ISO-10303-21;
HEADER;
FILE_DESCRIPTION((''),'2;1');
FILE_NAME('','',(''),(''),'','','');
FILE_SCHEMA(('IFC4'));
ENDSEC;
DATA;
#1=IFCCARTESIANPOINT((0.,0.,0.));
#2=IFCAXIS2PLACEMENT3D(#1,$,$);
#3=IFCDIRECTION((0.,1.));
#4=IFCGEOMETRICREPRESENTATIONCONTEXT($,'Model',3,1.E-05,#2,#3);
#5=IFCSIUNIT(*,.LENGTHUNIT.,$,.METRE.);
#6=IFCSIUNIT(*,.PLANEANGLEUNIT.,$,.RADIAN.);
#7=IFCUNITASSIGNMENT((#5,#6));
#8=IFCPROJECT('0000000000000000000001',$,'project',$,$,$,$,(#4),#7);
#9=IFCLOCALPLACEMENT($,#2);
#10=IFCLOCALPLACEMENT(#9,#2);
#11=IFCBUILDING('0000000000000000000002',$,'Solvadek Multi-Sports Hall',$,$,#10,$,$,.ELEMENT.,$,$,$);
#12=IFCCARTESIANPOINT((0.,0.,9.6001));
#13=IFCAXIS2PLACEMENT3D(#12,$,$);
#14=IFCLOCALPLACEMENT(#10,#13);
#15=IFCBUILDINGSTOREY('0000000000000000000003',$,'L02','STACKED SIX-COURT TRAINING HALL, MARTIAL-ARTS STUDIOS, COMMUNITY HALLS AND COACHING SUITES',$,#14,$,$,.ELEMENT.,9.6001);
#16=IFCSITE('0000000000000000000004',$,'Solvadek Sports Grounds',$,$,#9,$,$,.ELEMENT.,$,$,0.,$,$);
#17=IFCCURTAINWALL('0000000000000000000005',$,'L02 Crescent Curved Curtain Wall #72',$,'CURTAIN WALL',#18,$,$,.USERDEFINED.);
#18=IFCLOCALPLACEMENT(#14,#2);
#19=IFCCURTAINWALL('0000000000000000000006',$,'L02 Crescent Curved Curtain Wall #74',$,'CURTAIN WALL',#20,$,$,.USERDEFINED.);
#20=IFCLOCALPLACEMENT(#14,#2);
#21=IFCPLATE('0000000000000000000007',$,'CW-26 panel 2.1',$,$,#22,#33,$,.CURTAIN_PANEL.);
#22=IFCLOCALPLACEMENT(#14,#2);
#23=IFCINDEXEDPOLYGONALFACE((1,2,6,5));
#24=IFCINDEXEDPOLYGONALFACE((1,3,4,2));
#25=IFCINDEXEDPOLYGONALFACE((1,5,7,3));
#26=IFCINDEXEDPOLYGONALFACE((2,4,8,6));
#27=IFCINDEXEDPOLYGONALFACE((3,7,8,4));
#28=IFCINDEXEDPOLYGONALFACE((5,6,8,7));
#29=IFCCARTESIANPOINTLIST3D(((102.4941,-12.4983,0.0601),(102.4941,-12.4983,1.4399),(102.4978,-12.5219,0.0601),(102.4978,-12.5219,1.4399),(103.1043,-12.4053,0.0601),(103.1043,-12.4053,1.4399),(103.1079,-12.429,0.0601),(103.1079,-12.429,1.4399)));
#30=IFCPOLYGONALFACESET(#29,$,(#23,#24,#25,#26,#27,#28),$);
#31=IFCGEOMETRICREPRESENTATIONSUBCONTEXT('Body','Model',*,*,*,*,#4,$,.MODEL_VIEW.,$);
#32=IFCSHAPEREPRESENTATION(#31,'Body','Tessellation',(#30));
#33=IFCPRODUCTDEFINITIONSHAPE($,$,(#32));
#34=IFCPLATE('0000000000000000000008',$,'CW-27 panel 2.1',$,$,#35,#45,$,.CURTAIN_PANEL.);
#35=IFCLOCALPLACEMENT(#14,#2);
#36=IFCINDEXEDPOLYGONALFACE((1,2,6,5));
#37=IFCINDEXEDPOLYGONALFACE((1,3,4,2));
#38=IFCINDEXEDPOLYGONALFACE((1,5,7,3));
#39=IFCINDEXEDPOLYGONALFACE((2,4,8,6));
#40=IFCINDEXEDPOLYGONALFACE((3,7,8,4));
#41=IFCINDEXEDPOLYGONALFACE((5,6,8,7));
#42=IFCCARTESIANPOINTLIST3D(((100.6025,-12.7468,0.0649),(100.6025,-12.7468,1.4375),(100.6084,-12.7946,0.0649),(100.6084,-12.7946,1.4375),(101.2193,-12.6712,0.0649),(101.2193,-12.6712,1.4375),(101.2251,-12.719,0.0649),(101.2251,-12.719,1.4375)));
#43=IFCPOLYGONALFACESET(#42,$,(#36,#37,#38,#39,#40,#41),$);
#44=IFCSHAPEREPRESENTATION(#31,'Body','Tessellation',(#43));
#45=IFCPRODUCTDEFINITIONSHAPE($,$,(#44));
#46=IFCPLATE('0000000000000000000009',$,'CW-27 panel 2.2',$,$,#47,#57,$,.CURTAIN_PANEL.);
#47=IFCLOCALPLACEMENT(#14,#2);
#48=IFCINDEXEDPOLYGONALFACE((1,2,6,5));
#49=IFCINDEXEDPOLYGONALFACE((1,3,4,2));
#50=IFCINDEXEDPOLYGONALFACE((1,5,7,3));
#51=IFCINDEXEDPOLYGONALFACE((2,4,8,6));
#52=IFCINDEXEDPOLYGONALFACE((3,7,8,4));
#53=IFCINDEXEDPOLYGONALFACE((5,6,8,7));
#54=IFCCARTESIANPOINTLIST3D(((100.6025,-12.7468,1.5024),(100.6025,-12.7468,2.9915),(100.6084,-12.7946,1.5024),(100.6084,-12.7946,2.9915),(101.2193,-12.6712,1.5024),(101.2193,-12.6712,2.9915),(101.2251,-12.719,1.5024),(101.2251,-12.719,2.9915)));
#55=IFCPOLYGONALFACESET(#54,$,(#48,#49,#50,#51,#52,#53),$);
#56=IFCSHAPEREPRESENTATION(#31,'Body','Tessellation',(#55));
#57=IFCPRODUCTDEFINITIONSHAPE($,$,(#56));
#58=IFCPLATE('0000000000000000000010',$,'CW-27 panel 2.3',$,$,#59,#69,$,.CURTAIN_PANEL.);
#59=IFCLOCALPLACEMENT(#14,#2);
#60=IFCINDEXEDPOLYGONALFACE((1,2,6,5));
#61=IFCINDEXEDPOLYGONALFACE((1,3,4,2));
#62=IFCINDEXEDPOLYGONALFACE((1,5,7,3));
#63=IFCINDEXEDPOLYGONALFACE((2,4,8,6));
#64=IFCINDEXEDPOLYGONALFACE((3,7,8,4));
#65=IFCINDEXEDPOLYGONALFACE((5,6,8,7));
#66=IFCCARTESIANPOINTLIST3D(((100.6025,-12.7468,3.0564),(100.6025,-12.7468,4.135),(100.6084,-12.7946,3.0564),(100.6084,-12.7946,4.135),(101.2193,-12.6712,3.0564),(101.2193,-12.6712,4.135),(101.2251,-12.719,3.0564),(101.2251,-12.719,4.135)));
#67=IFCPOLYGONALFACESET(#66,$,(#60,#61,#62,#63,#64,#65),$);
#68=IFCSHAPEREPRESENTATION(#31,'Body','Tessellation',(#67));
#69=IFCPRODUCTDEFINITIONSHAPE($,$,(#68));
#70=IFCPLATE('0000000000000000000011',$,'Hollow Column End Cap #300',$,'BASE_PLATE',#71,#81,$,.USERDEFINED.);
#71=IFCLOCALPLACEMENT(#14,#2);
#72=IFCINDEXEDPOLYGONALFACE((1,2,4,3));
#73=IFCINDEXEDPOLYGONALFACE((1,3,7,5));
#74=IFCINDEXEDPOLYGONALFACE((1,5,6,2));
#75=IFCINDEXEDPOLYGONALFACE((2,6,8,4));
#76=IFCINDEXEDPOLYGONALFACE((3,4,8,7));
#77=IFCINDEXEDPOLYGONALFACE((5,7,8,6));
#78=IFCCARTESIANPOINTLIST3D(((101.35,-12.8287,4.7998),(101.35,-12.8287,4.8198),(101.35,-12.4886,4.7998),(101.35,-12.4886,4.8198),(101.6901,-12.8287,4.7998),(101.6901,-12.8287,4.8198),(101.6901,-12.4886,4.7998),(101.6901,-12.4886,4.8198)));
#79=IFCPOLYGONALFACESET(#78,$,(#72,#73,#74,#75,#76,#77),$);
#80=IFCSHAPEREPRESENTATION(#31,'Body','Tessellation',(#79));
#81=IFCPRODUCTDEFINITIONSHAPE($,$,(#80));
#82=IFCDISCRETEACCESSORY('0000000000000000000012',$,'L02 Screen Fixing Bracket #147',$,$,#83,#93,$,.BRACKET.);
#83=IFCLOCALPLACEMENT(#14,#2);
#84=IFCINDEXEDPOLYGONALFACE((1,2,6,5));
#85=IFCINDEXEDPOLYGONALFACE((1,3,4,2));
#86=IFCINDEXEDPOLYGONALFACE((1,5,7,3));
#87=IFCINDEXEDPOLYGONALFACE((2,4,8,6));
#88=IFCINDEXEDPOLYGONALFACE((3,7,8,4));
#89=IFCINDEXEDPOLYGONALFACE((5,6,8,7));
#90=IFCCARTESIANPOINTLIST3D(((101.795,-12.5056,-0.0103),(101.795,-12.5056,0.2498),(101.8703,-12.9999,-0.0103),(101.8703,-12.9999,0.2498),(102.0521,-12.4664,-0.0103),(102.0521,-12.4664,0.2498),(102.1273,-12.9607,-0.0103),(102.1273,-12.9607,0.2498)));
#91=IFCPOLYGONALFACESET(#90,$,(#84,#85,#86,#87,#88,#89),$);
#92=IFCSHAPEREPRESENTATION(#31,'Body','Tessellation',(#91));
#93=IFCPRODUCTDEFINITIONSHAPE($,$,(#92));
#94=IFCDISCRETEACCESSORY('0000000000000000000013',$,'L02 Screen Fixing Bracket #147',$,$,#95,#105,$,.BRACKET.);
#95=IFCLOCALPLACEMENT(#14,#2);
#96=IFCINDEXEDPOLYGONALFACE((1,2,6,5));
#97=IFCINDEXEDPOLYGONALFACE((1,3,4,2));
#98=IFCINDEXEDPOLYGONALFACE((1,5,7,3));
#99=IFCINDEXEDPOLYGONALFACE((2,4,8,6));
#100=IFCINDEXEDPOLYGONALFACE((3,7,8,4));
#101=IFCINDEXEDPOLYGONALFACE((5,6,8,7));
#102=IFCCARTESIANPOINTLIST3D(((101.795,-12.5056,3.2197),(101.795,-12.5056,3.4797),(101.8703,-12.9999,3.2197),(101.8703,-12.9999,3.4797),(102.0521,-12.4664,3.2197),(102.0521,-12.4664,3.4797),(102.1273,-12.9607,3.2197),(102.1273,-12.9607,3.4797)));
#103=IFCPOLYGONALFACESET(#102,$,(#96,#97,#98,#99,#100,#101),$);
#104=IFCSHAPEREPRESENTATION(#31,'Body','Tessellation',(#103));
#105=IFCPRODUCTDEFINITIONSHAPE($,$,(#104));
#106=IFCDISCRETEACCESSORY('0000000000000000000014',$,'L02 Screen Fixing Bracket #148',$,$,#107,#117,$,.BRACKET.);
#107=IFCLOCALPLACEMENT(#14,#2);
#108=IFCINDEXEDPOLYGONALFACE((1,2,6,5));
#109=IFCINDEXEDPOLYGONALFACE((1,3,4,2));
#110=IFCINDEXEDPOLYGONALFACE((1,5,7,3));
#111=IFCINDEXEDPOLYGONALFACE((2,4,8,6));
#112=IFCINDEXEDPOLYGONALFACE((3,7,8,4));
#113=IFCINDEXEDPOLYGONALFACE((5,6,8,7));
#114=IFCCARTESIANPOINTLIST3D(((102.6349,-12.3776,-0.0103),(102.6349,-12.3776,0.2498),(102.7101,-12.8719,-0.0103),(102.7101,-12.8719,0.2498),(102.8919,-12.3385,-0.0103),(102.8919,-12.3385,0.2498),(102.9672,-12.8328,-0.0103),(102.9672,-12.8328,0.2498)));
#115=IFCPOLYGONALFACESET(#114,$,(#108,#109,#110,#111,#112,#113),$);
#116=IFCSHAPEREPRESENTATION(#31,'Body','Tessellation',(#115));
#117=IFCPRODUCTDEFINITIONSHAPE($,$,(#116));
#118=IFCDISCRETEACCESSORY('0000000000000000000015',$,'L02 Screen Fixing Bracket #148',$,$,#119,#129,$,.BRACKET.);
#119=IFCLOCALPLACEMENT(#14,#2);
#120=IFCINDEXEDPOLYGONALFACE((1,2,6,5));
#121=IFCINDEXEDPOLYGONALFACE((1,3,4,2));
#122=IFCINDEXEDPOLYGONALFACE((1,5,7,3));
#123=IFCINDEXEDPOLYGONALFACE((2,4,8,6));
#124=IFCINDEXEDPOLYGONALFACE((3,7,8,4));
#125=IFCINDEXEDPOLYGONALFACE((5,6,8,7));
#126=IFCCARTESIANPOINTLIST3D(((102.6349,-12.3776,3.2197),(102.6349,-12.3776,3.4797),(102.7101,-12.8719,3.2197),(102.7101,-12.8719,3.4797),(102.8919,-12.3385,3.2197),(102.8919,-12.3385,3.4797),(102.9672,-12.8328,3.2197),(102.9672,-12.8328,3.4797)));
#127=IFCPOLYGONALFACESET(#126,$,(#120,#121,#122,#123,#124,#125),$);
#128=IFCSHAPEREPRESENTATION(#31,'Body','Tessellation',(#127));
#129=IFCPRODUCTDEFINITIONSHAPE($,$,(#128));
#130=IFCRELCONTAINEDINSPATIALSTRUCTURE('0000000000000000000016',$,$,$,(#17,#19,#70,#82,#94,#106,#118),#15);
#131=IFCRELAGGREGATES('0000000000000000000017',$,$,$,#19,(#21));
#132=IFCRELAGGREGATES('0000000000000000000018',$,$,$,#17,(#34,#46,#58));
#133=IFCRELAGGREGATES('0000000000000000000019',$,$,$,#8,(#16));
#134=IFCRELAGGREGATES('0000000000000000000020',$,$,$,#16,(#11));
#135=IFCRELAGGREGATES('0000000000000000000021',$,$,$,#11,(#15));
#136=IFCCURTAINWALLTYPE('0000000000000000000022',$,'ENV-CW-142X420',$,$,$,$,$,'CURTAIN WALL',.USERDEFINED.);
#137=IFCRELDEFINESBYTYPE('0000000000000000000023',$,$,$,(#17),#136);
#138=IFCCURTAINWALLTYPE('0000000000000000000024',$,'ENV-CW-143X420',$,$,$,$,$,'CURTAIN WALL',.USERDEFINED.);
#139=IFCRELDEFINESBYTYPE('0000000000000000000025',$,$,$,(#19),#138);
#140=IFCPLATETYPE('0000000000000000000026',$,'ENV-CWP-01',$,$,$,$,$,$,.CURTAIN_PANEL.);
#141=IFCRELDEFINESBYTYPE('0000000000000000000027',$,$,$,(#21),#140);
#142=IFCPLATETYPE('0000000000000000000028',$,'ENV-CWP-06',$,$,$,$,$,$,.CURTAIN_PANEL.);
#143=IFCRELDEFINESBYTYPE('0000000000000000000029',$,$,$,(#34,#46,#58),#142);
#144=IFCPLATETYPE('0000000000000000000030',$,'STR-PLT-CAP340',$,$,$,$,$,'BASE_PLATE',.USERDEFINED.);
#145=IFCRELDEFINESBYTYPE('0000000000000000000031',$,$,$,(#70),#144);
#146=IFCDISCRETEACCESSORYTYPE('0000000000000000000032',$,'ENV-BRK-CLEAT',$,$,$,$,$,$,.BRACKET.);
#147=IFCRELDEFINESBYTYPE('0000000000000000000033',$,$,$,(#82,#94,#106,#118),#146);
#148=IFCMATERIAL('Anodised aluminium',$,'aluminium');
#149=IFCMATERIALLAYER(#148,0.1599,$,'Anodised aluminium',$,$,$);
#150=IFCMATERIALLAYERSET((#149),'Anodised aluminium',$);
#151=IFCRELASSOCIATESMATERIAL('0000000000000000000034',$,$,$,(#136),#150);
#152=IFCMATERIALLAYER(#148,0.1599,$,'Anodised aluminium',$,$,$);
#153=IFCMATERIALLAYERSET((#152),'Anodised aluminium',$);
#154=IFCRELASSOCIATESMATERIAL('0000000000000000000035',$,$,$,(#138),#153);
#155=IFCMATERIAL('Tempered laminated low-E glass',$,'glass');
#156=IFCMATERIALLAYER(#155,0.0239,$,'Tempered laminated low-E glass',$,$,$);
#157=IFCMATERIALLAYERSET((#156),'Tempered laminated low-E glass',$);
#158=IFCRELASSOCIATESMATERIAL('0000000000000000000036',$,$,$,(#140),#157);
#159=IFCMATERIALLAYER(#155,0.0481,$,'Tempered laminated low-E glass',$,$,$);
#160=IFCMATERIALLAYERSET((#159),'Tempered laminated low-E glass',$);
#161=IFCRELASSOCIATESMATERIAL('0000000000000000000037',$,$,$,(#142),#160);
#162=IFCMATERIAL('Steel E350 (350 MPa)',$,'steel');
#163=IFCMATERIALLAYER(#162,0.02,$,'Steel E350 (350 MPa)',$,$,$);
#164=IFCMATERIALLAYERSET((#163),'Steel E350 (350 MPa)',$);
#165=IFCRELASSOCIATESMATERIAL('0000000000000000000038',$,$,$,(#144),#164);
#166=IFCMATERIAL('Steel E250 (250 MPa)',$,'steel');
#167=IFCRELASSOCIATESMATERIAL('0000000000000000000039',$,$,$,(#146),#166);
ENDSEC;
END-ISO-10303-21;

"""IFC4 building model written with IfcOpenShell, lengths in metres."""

from ifc_helpers import new_model, si_unit, direction, frame, origin, origin_2d, place, context, subcontext, project, spatial, rectangle, extrude, material, layer, layer_set, type_object, element, aggregate, save


model = new_model("IFC4")

# Units and contexts
model_context = context("Model", 3, precision=1e-05, world=origin(), true_north=direction((0.0, 1.0)))
body_context = subcontext(model_context, "Body", "Model", "MODEL_VIEW")
ifc_project = project(units=[si_unit("LENGTHUNIT", "METRE"), si_unit("PLANEANGLEUNIT", "RADIAN")], contexts=[model_context])

# Site, building, storey
site_placement = place(None, origin())
site = spatial("IfcSite", under=ifc_project, at=site_placement, Name="Solvadek Sports Grounds", CompositionType="ELEMENT", RefElevation=0.0)
building_placement = place(site_placement, origin())
building = spatial("IfcBuilding", under=site, at=building_placement, Name="Solvadek Multi-Sports Hall", CompositionType="ELEMENT")
storey_placement = place(building_placement, frame((0.0, 0.0, 9.6001)))
storey = spatial("IfcBuildingStorey", under=building, at=storey_placement, Name="L02", Description="STACKED SIX-COURT TRAINING HALL, MARTIAL-ARTS STUDIOS, COMMUNITY HALLS AND COACHING SUITES", CompositionType="ELEMENT", Elevation=9.6001)

# Shared definitions
ifc_material_1 = material(Name="Steel E350 (350 MPa)", Category="steel")

# Curtain wall
ifc_material_2 = material(Name="Anodised aluminium", Category="aluminium")
ifc_layer_1 = layer(ifc_material_2, 0.1599, Name="Anodised aluminium")
ifc_layer_set_1 = layer_set([ifc_layer_1], Name="Anodised aluminium")
curtain_wall_type_1 = type_object("IfcCurtainWallType", Name="ENV-CW-142X420", ElementType="CURTAIN WALL", PredefinedType="USERDEFINED", material=ifc_layer_set_1)
curtain_wall_1_placement = place(storey_placement, origin())
curtain_wall_1 = element("IfcCurtainWall", 1, at=curtain_wall_1_placement, inside=storey, type_object=curtain_wall_type_1, Name="L02 Crescent Curved Curtain Wall #72", ObjectType="CURTAIN WALL", PredefinedType="USERDEFINED")

# Curtain wall
ifc_layer_2 = layer(ifc_material_2, 0.1599, Name="Anodised aluminium")
ifc_layer_set_2 = layer_set([ifc_layer_2], Name="Anodised aluminium")
curtain_wall_type_2 = type_object("IfcCurtainWallType", Name="ENV-CW-143X420", ElementType="CURTAIN WALL", PredefinedType="USERDEFINED", material=ifc_layer_set_2)
curtain_wall_2_placement = place(storey_placement, origin())
curtain_wall_2 = element("IfcCurtainWall", 2, at=curtain_wall_2_placement, inside=storey, type_object=curtain_wall_type_2, Name="L02 Crescent Curved Curtain Wall #74", ObjectType="CURTAIN WALL", PredefinedType="USERDEFINED")

# Shared definitions
ifc_material_3 = material(Name="Steel E250 (250 MPa)", Category="steel")

# Plates
ifc_material_4 = material(Name="Tempered laminated low-E glass", Category="glass")
ifc_layer_3 = layer(ifc_material_4, 0.0239, Name="Tempered laminated low-E glass")
ifc_layer_set_3 = layer_set([ifc_layer_3], Name="Tempered laminated low-E glass")
plate_type_1 = type_object("IfcPlateType", Name="ENV-CWP-01", PredefinedType="CURTAIN_PANEL", material=ifc_layer_set_3)
plate_1_placement = place(storey_placement, frame((102.801, -12.4636, 0.0601), z_axis=(0.0, 0.0, 1.0), x_axis=(0.9886, 0.150564, 0.0)))
plate_1 = element("IfcPlate", 3, at=plate_1_placement, type_object=plate_type_1, Name="CW-26 panel 2.1", PredefinedType="CURTAIN_PANEL", context=body_context, shape_type="SweptSolid", body=[
    extrude(rectangle(XDim=0.6172, YDim=0.0239, at=origin_2d()), origin(), (0.0, 0.0, 1.0), 1.3799),
])
aggregate(curtain_wall_2, [plate_1])
ifc_layer_4 = layer(ifc_material_4, 0.0481, Name="Tempered laminated low-E glass")
ifc_layer_set_4 = layer_set([ifc_layer_4], Name="Tempered laminated low-E glass")
plate_type_2 = type_object("IfcPlateType", Name="ENV-CWP-06", PredefinedType="CURTAIN_PANEL", material=ifc_layer_set_4)
plate_2_placement = place(storey_placement, frame((100.9138, -12.7329, 0.0649), z_axis=(0.0, 0.0, 1.0), x_axis=(0.992569, 0.121681, 0.0)))
plate_2 = element("IfcPlate", 4, at=plate_2_placement, type_object=plate_type_2, Name="CW-27 panel 2.1", PredefinedType="CURTAIN_PANEL", context=body_context, shape_type="SweptSolid", body=[
    extrude(rectangle(XDim=0.6213, YDim=0.0481, at=origin_2d()), origin(), (0.0, 0.0, 1.0), 1.3726),
])
plate_3_placement = place(storey_placement, frame((100.9138, -12.7329, 1.5024), z_axis=(0.0, 0.0, 1.0), x_axis=(0.992569, 0.121681, 0.0)))
plate_3 = element("IfcPlate", 5, at=plate_3_placement, type_object=plate_type_2, Name="CW-27 panel 2.2", PredefinedType="CURTAIN_PANEL", context=body_context, shape_type="SweptSolid", body=[
    extrude(rectangle(XDim=0.6213, YDim=0.0481, at=origin_2d()), origin(), (0.0, 0.0, 1.0), 1.489),
])
plate_4_placement = place(storey_placement, frame((100.9138, -12.7329, 3.0564), z_axis=(0.0, 0.0, 1.0), x_axis=(0.992569, 0.121681, 0.0)))
plate_4 = element("IfcPlate", 6, at=plate_4_placement, type_object=plate_type_2, Name="CW-27 panel 2.3", PredefinedType="CURTAIN_PANEL", context=body_context, shape_type="SweptSolid", body=[
    extrude(rectangle(XDim=0.6213, YDim=0.0481, at=origin_2d()), origin(), (0.0, 0.0, 1.0), 1.0786),
])
aggregate(curtain_wall_1, [plate_2, plate_3, plate_4])
ifc_layer_5 = layer(ifc_material_1, 0.02, Name="Steel E350 (350 MPa)")
ifc_layer_set_5 = layer_set([ifc_layer_5], Name="Steel E350 (350 MPa)")
plate_type_3 = type_object("IfcPlateType", Name="STR-PLT-CAP340", ElementType="BASE_PLATE", PredefinedType="USERDEFINED", material=ifc_layer_set_5)
plate_5_placement = place(storey_placement, frame((101.52, -12.6587, 4.7998), z_axis=(0.0, 0.0, 1.0), x_axis=(1.0, 0.0, 0.0)))
element("IfcPlate", 7, at=plate_5_placement, inside=storey, type_object=plate_type_3, Name="Hollow Column End Cap #300", ObjectType="BASE_PLATE", PredefinedType="USERDEFINED", context=body_context, shape_type="SweptSolid", body=[
    extrude(rectangle(XDim=0.3401, YDim=0.3401, at=origin_2d()), origin(), (0.0, 0.0, 1.0), 0.02),
])

# Discrete accessories
discrete_accessory_type = type_object("IfcDiscreteAccessoryType", Name="ENV-BRK-CLEAT", PredefinedType="BRACKET", material=ifc_material_3)
for number, where, z_axis, x_axis, name in (
    (8, (101.9612, -12.7332, -0.0103), (0.0, 0.0, 1.0), (0.988606, 0.150527, 0.0), "L02 Screen Fixing Bracket #147"),
    (9, (101.9612, -12.7332, 3.2197), (0.0, 0.0, 1.0), (0.988606, 0.150527, 0.0), "L02 Screen Fixing Bracket #147"),
    (10, (102.801, -12.6052, -0.0103), (0.0, 0.0, 1.0), (0.988606, 0.150527, 0.0), "L02 Screen Fixing Bracket #148"),
    (11, (102.801, -12.6052, 3.2197), (0.0, 0.0, 1.0), (0.988606, 0.150527, 0.0), "L02 Screen Fixing Bracket #148"),
):
    element("IfcDiscreteAccessory", number, at=place(storey_placement, frame(where, z_axis=z_axis, x_axis=x_axis)), inside=storey, type_object=discrete_accessory_type, Name=name, PredefinedType="BRACKET", context=body_context, shape_type="SweptSolid", body=[
        extrude(rectangle(XDim=0.26, YDim=0.5, at=origin_2d()), origin(), (0.0, 0.0, 1.0), 0.26),
    ])

save(model, "model.ifc")
